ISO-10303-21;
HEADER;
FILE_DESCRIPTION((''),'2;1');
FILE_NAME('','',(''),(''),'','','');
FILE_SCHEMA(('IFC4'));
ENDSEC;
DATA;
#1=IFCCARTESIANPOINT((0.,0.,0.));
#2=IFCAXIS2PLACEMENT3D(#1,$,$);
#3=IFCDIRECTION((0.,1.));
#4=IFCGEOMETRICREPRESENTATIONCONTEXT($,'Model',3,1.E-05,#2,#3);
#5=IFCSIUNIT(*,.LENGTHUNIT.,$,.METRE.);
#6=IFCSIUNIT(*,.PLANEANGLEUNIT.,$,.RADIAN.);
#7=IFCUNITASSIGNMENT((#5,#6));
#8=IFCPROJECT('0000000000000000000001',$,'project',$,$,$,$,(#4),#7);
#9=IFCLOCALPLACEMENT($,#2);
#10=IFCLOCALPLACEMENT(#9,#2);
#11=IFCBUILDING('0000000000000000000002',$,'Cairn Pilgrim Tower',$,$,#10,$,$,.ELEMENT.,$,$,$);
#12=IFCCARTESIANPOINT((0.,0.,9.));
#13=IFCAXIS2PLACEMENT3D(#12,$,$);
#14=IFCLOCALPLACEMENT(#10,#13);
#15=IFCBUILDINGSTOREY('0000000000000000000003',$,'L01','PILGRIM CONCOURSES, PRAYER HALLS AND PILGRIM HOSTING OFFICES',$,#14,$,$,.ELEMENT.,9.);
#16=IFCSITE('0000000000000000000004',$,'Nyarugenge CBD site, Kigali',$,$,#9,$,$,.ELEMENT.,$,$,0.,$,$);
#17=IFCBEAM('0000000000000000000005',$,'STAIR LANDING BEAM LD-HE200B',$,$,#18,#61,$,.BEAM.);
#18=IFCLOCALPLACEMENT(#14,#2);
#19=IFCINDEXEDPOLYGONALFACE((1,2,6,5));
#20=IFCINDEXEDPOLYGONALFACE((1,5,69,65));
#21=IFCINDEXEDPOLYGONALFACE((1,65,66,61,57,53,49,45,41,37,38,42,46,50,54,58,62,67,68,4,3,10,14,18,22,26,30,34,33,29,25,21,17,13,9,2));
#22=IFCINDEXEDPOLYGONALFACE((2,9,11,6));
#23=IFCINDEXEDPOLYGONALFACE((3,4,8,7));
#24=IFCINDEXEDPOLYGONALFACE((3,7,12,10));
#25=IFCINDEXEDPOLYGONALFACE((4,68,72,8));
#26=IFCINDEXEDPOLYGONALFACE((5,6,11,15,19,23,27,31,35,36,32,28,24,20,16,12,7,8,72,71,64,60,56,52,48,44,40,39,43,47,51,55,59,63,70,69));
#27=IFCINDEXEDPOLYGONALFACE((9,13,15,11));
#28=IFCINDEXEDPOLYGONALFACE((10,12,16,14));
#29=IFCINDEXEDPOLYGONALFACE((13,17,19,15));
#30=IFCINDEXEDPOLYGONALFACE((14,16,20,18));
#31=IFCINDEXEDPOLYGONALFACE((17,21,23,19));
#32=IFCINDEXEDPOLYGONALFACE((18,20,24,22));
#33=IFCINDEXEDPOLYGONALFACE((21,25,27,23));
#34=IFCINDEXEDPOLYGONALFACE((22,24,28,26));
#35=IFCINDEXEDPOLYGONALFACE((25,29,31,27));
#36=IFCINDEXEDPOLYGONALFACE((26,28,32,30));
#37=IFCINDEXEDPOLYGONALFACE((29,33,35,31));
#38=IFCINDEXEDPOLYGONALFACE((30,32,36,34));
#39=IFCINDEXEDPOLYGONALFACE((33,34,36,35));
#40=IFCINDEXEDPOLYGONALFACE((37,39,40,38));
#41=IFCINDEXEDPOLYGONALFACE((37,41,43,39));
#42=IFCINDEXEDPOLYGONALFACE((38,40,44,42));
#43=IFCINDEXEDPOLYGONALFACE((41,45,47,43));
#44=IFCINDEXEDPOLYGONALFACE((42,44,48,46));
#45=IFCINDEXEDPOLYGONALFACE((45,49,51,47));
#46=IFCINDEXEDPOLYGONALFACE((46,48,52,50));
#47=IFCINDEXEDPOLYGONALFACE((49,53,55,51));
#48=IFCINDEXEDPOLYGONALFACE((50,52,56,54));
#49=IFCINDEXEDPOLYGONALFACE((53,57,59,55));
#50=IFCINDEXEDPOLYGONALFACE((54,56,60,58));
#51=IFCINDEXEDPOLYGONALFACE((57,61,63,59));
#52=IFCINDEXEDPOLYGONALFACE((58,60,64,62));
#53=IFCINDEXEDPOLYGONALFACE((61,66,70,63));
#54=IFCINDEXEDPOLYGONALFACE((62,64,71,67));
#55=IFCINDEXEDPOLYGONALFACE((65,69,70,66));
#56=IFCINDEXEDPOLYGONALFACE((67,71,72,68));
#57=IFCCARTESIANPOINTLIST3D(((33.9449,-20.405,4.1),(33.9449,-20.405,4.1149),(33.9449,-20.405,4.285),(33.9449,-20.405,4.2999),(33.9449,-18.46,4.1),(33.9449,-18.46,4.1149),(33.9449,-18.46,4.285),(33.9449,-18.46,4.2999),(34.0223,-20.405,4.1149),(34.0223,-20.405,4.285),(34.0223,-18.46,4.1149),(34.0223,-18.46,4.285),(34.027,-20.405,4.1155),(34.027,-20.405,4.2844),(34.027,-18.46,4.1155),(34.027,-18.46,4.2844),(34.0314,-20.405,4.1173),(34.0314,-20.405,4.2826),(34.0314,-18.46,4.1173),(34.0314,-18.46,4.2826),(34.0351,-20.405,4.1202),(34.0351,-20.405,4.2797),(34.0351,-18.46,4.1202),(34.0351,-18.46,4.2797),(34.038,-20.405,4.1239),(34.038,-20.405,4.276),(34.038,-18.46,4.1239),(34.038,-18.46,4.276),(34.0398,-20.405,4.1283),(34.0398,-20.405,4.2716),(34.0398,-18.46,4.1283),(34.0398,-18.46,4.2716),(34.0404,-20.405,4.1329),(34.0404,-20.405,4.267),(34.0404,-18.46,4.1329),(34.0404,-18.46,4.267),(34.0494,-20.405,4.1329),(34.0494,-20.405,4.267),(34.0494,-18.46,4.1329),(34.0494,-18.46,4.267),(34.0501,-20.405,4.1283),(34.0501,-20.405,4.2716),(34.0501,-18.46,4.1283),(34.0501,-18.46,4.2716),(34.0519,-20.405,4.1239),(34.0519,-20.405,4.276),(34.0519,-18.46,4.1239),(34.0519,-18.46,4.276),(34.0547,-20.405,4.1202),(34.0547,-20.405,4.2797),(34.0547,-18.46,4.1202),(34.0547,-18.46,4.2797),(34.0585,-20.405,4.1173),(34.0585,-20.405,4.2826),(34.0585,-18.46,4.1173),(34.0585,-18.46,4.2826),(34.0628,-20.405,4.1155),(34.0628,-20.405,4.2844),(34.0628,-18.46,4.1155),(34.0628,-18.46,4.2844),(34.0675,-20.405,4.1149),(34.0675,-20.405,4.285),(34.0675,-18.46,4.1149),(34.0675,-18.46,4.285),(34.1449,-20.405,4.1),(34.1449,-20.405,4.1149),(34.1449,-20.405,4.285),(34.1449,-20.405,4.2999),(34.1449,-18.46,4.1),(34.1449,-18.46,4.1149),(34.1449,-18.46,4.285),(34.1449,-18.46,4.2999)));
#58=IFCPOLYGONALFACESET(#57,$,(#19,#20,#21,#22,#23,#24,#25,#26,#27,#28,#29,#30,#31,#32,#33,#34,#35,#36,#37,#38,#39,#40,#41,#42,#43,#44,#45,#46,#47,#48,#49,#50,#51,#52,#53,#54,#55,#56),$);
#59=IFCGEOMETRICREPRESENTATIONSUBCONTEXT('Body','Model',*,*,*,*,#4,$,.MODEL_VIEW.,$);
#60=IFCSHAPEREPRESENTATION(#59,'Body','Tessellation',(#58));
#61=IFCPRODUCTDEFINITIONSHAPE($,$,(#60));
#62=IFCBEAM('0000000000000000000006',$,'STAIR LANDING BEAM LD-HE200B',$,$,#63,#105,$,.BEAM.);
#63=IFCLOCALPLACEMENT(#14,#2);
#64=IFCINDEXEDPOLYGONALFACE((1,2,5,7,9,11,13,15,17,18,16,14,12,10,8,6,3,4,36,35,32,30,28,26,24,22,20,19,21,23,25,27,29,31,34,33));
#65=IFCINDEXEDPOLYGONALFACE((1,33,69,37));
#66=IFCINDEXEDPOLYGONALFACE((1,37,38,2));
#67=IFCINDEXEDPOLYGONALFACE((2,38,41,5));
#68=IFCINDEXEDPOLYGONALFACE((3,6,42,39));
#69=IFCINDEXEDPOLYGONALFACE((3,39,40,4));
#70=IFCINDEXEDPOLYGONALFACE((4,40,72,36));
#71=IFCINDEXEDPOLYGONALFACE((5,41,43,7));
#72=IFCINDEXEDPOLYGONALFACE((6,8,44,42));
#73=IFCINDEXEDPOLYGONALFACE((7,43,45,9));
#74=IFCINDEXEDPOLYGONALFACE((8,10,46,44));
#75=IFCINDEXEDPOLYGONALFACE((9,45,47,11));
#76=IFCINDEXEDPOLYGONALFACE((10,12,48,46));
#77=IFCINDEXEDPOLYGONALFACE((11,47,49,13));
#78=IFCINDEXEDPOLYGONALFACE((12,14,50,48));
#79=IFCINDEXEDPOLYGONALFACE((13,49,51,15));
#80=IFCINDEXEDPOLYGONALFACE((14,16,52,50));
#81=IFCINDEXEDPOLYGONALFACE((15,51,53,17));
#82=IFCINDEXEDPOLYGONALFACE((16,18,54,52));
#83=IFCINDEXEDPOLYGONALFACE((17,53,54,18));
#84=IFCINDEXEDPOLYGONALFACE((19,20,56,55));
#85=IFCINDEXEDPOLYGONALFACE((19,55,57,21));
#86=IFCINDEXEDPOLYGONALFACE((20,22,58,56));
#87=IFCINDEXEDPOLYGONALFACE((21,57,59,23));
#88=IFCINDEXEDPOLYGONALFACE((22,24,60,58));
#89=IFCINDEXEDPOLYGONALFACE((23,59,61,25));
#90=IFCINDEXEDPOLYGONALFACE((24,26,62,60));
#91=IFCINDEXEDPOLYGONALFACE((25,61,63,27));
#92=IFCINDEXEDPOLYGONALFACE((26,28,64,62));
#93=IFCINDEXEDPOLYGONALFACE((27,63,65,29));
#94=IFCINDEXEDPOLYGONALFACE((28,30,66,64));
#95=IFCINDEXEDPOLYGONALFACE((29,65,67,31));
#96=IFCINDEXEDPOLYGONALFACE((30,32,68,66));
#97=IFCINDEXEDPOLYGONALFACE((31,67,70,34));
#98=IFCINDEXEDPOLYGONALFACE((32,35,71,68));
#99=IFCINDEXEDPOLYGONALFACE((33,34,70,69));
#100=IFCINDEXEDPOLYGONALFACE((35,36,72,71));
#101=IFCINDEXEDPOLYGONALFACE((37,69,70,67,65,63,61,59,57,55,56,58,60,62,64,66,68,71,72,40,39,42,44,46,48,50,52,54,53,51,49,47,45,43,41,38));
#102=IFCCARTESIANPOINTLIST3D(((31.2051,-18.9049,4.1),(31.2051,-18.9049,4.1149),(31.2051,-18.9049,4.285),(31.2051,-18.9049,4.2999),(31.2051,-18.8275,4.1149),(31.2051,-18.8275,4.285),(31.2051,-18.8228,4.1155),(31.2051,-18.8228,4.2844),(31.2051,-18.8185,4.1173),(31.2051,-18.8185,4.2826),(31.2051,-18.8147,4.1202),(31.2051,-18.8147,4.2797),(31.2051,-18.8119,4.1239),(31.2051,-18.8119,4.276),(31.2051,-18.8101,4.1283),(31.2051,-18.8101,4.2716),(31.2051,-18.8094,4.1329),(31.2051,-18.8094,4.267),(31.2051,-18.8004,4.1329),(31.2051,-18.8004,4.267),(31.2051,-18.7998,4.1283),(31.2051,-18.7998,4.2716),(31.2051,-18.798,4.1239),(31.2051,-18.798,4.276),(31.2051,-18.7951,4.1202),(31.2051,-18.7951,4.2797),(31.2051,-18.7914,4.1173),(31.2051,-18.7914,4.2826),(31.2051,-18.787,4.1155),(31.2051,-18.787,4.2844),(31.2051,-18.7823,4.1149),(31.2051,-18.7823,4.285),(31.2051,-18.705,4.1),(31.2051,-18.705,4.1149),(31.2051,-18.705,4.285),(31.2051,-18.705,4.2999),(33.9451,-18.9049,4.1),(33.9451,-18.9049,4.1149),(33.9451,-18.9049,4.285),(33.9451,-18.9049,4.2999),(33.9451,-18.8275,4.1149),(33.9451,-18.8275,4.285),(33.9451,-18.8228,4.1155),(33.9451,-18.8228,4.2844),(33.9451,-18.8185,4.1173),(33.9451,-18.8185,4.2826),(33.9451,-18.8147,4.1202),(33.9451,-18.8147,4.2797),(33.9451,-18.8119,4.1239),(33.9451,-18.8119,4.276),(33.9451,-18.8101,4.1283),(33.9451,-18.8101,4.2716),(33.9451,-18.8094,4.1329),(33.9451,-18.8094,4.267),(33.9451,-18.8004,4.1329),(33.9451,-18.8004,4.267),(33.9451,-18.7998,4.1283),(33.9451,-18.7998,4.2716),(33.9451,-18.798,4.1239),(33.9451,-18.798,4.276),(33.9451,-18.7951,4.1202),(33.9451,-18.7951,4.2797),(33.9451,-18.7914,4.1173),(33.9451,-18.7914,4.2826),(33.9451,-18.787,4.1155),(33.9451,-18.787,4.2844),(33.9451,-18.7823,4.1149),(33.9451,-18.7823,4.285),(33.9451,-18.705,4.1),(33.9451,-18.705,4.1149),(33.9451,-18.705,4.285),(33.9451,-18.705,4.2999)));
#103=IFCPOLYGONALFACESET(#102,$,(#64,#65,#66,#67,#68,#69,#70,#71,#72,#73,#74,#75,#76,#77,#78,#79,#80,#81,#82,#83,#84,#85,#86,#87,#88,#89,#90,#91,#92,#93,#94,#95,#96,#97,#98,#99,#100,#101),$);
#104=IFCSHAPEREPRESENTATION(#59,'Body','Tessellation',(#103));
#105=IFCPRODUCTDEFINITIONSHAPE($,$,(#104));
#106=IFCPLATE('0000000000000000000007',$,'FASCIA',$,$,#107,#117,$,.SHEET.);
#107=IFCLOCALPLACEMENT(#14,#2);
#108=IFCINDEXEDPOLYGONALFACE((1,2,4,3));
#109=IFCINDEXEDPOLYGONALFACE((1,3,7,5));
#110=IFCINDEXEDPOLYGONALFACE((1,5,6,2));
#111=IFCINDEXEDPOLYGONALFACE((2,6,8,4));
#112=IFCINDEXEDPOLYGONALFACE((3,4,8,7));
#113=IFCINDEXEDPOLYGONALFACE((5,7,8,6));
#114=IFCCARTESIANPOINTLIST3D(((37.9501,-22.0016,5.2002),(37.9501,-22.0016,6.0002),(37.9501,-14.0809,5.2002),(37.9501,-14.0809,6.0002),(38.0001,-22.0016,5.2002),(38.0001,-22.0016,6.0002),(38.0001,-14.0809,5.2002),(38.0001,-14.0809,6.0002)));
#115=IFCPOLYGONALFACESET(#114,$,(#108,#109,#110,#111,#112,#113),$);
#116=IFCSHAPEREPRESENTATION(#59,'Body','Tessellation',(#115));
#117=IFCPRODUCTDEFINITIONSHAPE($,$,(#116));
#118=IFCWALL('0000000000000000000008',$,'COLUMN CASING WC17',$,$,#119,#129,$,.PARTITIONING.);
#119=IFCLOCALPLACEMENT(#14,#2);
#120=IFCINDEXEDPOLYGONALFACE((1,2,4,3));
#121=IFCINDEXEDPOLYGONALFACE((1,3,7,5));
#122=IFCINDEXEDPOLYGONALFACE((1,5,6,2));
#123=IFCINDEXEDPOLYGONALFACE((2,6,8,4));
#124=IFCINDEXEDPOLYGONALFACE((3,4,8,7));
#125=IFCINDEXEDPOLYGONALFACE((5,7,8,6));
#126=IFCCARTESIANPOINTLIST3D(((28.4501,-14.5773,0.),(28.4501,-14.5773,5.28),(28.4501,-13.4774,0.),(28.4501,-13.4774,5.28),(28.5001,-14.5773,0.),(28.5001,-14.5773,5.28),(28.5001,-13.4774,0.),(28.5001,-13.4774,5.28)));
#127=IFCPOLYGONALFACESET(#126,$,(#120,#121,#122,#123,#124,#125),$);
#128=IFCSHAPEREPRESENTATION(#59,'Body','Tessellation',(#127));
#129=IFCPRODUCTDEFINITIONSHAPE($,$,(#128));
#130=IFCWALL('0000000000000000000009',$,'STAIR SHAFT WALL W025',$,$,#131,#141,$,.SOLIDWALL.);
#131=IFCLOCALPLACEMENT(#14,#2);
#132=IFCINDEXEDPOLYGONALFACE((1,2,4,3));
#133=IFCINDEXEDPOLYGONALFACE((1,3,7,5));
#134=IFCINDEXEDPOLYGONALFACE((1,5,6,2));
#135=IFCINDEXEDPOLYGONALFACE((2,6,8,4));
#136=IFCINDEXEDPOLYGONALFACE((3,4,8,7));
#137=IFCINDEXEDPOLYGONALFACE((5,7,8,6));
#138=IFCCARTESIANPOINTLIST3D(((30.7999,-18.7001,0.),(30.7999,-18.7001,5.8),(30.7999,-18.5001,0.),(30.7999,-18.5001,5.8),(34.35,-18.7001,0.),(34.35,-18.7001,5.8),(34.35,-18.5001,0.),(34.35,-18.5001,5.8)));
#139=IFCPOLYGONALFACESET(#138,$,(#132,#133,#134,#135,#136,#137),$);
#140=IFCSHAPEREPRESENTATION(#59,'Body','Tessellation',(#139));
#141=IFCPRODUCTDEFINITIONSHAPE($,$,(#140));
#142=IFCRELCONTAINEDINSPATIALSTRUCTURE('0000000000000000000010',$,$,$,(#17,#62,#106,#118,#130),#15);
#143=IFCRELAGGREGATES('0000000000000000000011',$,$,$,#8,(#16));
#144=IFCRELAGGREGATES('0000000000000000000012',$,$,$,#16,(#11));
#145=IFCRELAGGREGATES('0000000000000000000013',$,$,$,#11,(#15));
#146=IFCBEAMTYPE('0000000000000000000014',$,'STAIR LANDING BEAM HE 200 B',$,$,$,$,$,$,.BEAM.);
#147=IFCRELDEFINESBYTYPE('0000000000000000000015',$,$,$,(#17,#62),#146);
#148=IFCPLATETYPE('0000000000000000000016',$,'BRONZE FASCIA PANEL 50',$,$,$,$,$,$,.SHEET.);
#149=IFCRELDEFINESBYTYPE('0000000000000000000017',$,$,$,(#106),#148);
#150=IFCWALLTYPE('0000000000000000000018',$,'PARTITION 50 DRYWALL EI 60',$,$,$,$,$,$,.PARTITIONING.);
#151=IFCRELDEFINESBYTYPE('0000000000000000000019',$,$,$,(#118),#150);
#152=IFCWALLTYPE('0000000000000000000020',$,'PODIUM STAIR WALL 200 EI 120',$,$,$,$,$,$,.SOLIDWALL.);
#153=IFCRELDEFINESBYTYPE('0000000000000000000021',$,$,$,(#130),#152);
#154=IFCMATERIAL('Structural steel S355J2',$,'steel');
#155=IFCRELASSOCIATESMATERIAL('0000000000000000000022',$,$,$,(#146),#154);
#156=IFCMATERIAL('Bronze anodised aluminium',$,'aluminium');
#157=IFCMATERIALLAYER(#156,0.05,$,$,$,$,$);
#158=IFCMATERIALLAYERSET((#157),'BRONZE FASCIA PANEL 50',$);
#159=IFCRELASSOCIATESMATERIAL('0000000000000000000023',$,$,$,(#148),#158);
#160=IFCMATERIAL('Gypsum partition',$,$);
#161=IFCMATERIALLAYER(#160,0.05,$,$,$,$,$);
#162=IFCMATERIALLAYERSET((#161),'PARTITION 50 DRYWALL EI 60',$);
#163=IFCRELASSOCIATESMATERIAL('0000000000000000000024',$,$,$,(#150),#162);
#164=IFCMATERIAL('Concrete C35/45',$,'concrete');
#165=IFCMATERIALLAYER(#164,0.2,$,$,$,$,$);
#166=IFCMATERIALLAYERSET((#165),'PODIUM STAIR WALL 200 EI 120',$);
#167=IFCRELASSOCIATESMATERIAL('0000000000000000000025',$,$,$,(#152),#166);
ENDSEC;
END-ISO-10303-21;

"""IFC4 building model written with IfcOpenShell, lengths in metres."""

from ifc_helpers import new_model, si_unit, direction, frame, frame_2d, origin, origin_2d, place, context, subcontext, project, spatial, rectangle, i_section, extrude, material, layer, layer_set, material_profile, profile_set, type_object, element, save


model = new_model("IFC4")

# Units and contexts
model_context = context("Model", 3, precision=1e-05, world=origin(), true_north=direction((0.0, 1.0)))
body_context = subcontext(model_context, "Body", "Model", "MODEL_VIEW")
ifc_project = project(units=[si_unit("LENGTHUNIT", "METRE"), si_unit("PLANEANGLEUNIT", "RADIAN")], contexts=[model_context])

# Site, building, storey
site_placement = place(None, origin())
site = spatial("IfcSite", under=ifc_project, at=site_placement, Name="Nyarugenge CBD site, Kigali", CompositionType="ELEMENT", RefElevation=0.0)
building_placement = place(site_placement, origin())
building = spatial("IfcBuilding", under=site, at=building_placement, Name="Cairn Pilgrim Tower", CompositionType="ELEMENT")
storey_placement = place(building_placement, frame((0.0, 0.0, 9.0)))
storey = spatial("IfcBuildingStorey", under=building, at=storey_placement, Name="L01", Description="PILGRIM CONCOURSES, PRAYER HALLS AND PILGRIM HOSTING OFFICES", CompositionType="ELEMENT", Elevation=9.0)

# Shared definitions
ifc_material_1 = material(Name="Structural steel S355J2", Category="steel")

# Beams
ifc_material_profile_1 = material_profile(ifc_material_1, i_section(OverallWidth=0.2, OverallDepth=0.2, WebThickness=0.009, FlangeThickness=0.0149, FilletRadius=0.0181, at=origin_2d()), Name="HE 200 B")
ifc_profile_set_1 = profile_set([ifc_material_profile_1], Name="Structural steel S355J2")
beam_type_1 = type_object("IfcBeamType", Name="STAIR LANDING BEAM HE 200 B", PredefinedType="BEAM", material=ifc_profile_set_1)
for number, where, z_axis, x_axis, name in (
    (1, (34.0449, -18.46, 4.2), (0.0, -1.0, 0.0), (1.0, 0.0, 0.0), "STAIR LANDING BEAM LD-HE200B"),
):
    element("IfcBeam", number, at=place(storey_placement, frame(where, z_axis=z_axis, x_axis=x_axis)), inside=storey, type_object=beam_type_1, Name=name, PredefinedType="BEAM", context=body_context, shape_type="SweptSolid", body=[
        extrude(i_section(OverallWidth=0.2, OverallDepth=0.2, WebThickness=0.009, FlangeThickness=0.0149, FilletRadius=0.0181, at=origin_2d()), origin(), (0.0, 0.0, 1.0), 1.9451),
    ])
beam_1_placement = place(storey_placement, frame((31.2051, -18.8049, 4.2), z_axis=(1.0, 0.0, 0.0), x_axis=(0.0, 1.0, 0.0)))
element("IfcBeam", 2, at=beam_1_placement, inside=storey, type_object=beam_type_1, Name="STAIR LANDING BEAM LD-HE200B", PredefinedType="BEAM", context=body_context, shape_type="SweptSolid", body=[
    extrude(i_section(OverallWidth=0.2, OverallDepth=0.2, WebThickness=0.009, FlangeThickness=0.0149, FilletRadius=0.0181, at=origin_2d()), origin(), (0.0, 0.0, 1.0), 2.74),
])

# Plate
ifc_material_2 = material(Name="Bronze anodised aluminium", Category="aluminium")
ifc_layer_1 = layer(ifc_material_2, 0.05)
ifc_layer_set_1 = layer_set([ifc_layer_1], Name="BRONZE FASCIA PANEL 50")
plate_type = type_object("IfcPlateType", Name="BRONZE FASCIA PANEL 50", PredefinedType="SHEET", material=ifc_layer_set_1)
plate_placement = place(storey_placement, frame((37.9751, -18.0413, 5.2002), z_axis=(0.0, 0.0, 1.0), x_axis=(0.0, 1.0, 0.0)))
element("IfcPlate", 3, at=plate_placement, inside=storey, type_object=plate_type, Name="FASCIA", PredefinedType="SHEET", context=body_context, shape_type="SweptSolid", body=[
    extrude(rectangle(XDim=7.9207, YDim=0.05, at=origin_2d()), origin(), (0.0, 0.0, 1.0), 0.8),
])

# Walls
ifc_material_3 = material(Name="Gypsum partition")
ifc_layer_2 = layer(ifc_material_3, 0.05)
ifc_layer_set_2 = layer_set([ifc_layer_2], Name="PARTITION 50 DRYWALL EI 60")
wall_type_1 = type_object("IfcWallType", Name="PARTITION 50 DRYWALL EI 60", PredefinedType="PARTITIONING", material=ifc_layer_set_2)
wall_1_placement = place(storey_placement, frame((28.4751, -14.5771, 0.0), z_axis=(0.0, 0.0, 1.0), x_axis=(0.0, 1.0, 0.0)))
element("IfcWall", 4, at=wall_1_placement, inside=storey, type_object=wall_type_1, Name="COLUMN CASING WC17", PredefinedType="PARTITIONING", context=body_context, shape_type="SweptSolid", body=[
    extrude(rectangle(XDim=1.0999, YDim=0.05, at=frame_2d((0.5498, 0.0))), origin(), (0.0, 0.0, 1.0), 5.28),
])
ifc_material_4 = material(Name="Concrete C35/45", Category="concrete")
ifc_layer_3 = layer(ifc_material_4, 0.2)
ifc_layer_set_3 = layer_set([ifc_layer_3], Name="PODIUM STAIR WALL 200 EI 120")
wall_type_2 = type_object("IfcWallType", Name="PODIUM STAIR WALL 200 EI 120", PredefinedType="SOLIDWALL", material=ifc_layer_set_3)
wall_2_placement = place(storey_placement, frame((30.8, -18.6001, 0.0), z_axis=(0.0, 0.0, 1.0), x_axis=(1.0, 0.0, 0.0)))
element("IfcWall", 5, at=wall_2_placement, inside=storey, type_object=wall_type_2, Name="STAIR SHAFT WALL W025", PredefinedType="SOLIDWALL", context=body_context, shape_type="SweptSolid", body=[
    extrude(rectangle(XDim=3.55, YDim=0.2, at=frame_2d((1.7749, 0.0))), origin(), (0.0, 0.0, 1.0), 5.8),
])

save(model, "model.ifc")
